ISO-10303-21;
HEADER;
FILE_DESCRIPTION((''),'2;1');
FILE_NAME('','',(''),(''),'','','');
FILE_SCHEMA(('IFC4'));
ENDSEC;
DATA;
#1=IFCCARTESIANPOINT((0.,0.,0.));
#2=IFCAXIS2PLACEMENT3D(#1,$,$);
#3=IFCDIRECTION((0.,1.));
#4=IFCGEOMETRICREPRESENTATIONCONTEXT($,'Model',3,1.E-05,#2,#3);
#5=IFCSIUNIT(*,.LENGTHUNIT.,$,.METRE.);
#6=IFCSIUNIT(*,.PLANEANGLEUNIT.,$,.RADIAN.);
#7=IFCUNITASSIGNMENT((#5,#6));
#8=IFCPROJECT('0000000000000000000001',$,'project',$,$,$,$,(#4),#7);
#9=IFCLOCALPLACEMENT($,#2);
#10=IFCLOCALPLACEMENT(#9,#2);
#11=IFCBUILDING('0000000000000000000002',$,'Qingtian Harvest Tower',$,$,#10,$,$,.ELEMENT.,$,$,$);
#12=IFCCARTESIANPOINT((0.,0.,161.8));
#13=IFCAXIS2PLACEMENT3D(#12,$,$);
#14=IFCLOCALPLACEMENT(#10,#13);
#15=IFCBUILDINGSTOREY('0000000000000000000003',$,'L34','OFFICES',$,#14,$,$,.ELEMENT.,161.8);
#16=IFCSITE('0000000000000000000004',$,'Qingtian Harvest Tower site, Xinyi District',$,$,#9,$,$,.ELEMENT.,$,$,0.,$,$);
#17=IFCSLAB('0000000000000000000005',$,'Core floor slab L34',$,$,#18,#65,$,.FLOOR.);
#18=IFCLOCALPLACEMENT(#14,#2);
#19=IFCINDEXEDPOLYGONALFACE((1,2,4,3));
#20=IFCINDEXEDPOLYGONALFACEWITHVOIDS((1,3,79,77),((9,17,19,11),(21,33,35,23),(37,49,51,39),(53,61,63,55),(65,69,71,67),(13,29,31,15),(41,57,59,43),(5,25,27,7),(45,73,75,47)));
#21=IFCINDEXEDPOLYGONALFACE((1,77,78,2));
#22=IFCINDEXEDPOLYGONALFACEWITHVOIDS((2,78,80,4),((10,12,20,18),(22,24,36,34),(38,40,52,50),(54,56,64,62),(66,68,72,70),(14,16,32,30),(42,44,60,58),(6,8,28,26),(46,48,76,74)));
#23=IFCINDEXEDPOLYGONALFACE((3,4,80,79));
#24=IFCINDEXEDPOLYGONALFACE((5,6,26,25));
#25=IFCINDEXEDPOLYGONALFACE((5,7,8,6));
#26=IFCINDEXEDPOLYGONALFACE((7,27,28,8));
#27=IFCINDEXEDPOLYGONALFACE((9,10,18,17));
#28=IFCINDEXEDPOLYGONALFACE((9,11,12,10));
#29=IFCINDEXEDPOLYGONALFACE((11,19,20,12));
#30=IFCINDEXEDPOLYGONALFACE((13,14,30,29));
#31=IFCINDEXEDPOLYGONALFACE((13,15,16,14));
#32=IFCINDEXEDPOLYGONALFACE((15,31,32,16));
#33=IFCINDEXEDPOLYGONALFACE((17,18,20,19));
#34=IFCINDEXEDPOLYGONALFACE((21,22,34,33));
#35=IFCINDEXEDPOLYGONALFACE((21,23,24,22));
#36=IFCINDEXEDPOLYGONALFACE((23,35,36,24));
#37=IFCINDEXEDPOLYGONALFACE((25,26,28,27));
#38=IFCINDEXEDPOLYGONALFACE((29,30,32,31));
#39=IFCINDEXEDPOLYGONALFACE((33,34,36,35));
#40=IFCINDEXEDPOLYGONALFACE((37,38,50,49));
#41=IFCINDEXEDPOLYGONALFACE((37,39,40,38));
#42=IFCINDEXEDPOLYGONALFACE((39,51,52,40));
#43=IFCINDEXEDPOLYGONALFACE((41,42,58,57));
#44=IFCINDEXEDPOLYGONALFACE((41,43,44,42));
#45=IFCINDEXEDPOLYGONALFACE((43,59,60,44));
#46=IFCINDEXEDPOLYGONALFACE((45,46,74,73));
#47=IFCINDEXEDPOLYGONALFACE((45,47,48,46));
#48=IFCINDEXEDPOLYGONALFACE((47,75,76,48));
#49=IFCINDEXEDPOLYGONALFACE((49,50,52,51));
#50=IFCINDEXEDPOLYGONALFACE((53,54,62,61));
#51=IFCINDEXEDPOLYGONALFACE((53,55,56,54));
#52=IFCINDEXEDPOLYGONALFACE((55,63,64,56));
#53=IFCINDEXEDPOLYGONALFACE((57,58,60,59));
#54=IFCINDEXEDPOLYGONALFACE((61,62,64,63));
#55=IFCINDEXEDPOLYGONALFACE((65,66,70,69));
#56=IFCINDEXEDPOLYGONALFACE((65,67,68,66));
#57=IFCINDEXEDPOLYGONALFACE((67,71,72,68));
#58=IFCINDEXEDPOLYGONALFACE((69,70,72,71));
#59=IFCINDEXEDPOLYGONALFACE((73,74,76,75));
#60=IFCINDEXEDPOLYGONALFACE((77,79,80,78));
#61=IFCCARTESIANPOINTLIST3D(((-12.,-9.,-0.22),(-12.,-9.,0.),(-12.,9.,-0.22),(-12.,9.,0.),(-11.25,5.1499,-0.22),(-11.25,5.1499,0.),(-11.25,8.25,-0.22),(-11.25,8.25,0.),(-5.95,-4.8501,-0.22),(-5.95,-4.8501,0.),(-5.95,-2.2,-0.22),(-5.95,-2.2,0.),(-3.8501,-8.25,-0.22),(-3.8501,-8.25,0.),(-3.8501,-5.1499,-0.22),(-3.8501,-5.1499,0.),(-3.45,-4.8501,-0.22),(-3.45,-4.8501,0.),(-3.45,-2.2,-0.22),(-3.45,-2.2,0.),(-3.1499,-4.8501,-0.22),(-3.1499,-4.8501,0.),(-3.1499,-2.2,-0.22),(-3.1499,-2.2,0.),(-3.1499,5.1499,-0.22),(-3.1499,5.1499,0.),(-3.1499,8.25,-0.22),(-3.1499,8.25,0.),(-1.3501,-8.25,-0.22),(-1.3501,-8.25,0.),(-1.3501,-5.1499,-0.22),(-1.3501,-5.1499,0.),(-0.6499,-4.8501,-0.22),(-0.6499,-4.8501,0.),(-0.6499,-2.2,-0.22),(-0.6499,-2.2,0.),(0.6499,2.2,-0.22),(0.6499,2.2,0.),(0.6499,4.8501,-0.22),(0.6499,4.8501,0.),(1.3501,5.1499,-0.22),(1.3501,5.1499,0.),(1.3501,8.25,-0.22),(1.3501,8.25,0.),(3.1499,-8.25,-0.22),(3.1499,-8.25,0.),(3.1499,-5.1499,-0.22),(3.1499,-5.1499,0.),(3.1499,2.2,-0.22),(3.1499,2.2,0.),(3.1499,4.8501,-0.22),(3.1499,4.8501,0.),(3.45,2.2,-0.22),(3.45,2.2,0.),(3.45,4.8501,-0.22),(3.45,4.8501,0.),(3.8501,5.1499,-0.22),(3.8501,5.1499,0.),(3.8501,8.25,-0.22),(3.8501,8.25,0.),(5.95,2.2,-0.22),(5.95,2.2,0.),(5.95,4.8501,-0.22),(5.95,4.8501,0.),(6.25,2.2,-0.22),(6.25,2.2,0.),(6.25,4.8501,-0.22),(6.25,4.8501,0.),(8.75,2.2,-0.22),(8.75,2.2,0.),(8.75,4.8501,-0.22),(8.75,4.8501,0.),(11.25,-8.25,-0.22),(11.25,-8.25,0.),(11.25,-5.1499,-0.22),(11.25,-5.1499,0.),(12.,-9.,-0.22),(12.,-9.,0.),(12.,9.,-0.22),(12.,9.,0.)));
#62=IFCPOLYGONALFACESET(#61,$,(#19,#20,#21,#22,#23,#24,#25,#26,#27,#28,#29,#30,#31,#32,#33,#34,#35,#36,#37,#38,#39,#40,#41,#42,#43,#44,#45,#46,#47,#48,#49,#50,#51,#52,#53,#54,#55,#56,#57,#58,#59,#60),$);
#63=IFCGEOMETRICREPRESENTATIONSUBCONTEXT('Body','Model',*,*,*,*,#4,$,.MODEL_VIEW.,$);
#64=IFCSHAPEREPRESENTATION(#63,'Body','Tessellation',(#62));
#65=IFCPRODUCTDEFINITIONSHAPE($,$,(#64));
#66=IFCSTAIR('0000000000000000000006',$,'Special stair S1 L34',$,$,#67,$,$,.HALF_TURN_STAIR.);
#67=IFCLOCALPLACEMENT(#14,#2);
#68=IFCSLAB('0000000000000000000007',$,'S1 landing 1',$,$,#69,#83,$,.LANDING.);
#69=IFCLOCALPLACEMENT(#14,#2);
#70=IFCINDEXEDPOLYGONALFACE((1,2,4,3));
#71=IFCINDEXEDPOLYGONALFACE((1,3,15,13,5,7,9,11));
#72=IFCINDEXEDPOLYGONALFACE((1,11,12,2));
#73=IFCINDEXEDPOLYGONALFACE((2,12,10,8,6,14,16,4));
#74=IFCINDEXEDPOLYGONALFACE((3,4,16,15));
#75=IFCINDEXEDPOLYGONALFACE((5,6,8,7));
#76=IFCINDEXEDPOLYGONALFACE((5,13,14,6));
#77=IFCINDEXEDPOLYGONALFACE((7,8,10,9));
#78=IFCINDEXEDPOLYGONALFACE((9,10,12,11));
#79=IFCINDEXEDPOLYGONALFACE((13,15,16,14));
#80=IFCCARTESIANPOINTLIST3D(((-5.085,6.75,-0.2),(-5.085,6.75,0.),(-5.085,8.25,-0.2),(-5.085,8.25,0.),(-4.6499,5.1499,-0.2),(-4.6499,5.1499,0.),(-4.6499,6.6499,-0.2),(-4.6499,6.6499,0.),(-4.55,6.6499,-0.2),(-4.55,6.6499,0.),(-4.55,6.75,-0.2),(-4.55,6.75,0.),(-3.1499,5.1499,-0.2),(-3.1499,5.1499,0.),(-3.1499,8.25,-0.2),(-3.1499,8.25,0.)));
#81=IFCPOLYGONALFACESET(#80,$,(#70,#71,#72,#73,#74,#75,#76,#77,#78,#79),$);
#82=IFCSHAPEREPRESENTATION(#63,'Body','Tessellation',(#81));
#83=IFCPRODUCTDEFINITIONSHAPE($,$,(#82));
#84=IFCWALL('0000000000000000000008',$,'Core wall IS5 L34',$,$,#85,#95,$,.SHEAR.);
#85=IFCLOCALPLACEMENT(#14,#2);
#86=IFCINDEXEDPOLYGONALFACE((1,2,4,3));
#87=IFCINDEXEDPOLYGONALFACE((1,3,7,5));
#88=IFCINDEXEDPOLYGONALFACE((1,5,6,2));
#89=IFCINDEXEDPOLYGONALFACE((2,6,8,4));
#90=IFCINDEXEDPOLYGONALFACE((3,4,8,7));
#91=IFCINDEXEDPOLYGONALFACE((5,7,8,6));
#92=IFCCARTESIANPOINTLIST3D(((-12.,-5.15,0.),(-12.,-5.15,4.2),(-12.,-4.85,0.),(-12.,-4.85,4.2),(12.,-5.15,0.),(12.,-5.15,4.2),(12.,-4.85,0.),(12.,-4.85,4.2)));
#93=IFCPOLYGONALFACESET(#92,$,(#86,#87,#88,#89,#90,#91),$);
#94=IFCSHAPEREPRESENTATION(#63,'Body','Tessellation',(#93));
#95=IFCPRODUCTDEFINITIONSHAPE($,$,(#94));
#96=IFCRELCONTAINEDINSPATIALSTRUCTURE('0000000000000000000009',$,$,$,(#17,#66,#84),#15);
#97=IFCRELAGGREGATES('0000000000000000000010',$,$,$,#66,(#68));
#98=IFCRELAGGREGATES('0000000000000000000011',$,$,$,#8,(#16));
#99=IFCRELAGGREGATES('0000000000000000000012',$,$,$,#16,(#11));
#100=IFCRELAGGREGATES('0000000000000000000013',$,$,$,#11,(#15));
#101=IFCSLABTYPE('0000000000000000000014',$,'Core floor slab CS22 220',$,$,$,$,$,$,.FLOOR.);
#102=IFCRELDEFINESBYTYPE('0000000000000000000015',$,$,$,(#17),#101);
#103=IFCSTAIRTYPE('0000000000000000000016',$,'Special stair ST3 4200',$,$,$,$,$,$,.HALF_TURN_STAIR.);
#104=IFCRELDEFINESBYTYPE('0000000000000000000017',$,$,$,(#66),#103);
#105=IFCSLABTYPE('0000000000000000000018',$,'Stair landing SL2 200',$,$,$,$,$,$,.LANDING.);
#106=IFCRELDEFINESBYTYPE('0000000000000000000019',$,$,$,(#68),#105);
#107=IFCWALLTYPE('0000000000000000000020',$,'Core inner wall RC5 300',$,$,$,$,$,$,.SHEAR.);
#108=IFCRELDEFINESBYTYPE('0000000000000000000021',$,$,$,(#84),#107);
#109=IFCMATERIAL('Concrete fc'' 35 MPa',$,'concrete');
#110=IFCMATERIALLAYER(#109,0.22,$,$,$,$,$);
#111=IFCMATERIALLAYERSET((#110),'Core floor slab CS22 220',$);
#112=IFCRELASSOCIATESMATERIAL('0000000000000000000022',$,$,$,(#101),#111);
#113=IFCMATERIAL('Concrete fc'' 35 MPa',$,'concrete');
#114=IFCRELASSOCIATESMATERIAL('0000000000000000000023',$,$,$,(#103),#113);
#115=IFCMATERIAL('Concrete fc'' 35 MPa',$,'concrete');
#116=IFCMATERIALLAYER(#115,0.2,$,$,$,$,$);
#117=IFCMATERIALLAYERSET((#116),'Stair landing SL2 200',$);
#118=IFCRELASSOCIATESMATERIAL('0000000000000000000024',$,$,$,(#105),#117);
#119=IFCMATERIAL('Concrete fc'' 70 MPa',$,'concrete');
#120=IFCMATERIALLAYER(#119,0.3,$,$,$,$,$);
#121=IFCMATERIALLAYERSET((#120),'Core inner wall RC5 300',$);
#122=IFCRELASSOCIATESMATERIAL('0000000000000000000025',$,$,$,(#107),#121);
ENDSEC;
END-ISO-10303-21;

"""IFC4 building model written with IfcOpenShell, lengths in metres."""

from ifc_helpers import new_model, si_unit, direction, frame, frame_2d, origin, place, context, subcontext, project, spatial, polyline, rectangle, outline, extrude, material, layer, layer_set, type_object, element, aggregate, save


model = new_model("IFC4")

# Units and contexts
model_context = context("Model", 3, precision=1e-05, world=origin(), true_north=direction((0.0, 1.0)))
body_context = subcontext(model_context, "Body", "Model", "MODEL_VIEW")
ifc_project = project(units=[si_unit("LENGTHUNIT", "METRE"), si_unit("PLANEANGLEUNIT", "RADIAN")], contexts=[model_context])

# Site, building, storey
site_placement = place(None, origin())
site = spatial("IfcSite", under=ifc_project, at=site_placement, Name="Qingtian Harvest Tower site, Xinyi District", CompositionType="ELEMENT", RefElevation=0.0)
building_placement = place(site_placement, origin())
building = spatial("IfcBuilding", under=site, at=building_placement, Name="Qingtian Harvest Tower", CompositionType="ELEMENT")
storey_placement = place(building_placement, frame((0.0, 0.0, 161.8)))
storey = spatial("IfcBuildingStorey", under=building, at=storey_placement, Name="L34", Description="OFFICES", CompositionType="ELEMENT", Elevation=161.8)

# Slab
ifc_material_1 = material(Name="Concrete fc' 35 MPa", Category="concrete")
ifc_layer_1 = layer(ifc_material_1, 0.22)
ifc_layer_set_1 = layer_set([ifc_layer_1], Name="Core floor slab CS22 220")
slab_type_1 = type_object("IfcSlabType", Name="Core floor slab CS22 220", PredefinedType="FLOOR", material=ifc_layer_set_1)
slab_1_placement = place(storey_placement, frame((0.0, 0.0, -0.22)))
element("IfcSlab", 1, at=slab_1_placement, inside=storey, type_object=slab_type_1, Name="Core floor slab L34", PredefinedType="FLOOR", context=body_context, shape_type="SweptSolid", body=[
    extrude(outline(polyline([(-12.0, -9.0), (12.0, -9.0), (12.0, 9.0), (-12.0, 9.0), (-12.0, -9.0)]), holes=[polyline([(-11.25, 5.1499), (-3.1499, 5.1499), (-3.1499, 8.25), (-11.25, 8.25), (-11.25, 5.1499)]), polyline([(3.1499, -8.25), (11.25, -8.25), (11.25, -5.1499), (3.1499, -5.1499), (3.1499, -8.25)]), polyline([(1.3501, 5.1499), (3.8501, 5.1499), (3.8501, 8.25), (1.3501, 8.25), (1.3501, 5.1499)]), polyline([(-3.8501, -8.25), (-1.3501, -8.25), (-1.3501, -5.1499), (-3.8501, -5.1499), (-3.8501, -8.25)]), polyline([(0.6499, 2.2), (3.1499, 2.2), (3.1499, 4.8501), (0.6499, 4.8501), (0.6499, 2.2)]), polyline([(3.45, 2.2), (5.95, 2.2), (5.95, 4.8501), (3.45, 4.8501), (3.45, 2.2)]), polyline([(6.25, 2.2), (8.75, 2.2), (8.75, 4.8501), (6.25, 4.8501), (6.25, 2.2)]), polyline([(-5.95, -4.8501), (-3.45, -4.8501), (-3.45, -2.2), (-5.95, -2.2), (-5.95, -4.8501)]), polyline([(-3.1499, -4.8501), (-0.6499, -4.8501), (-0.6499, -2.2), (-3.1499, -2.2), (-3.1499, -4.8501)])]), origin(), (0.0, 0.0, 1.0), 0.22),
])

# Stair, slab
ifc_material_2 = material(Name="Concrete fc' 35 MPa", Category="concrete")
stair_type = type_object("IfcStairType", Name="Special stair ST3 4200", PredefinedType="HALF_TURN_STAIR", material=ifc_material_2)
stair_placement = place(storey_placement, origin())
stair = element("IfcStair", 2, at=stair_placement, inside=storey, type_object=stair_type, Name="Special stair S1 L34", PredefinedType="HALF_TURN_STAIR")
ifc_material_3 = material(Name="Concrete fc' 35 MPa", Category="concrete")
ifc_layer_2 = layer(ifc_material_3, 0.2)
ifc_layer_set_2 = layer_set([ifc_layer_2], Name="Stair landing SL2 200")
slab_type_2 = type_object("IfcSlabType", Name="Stair landing SL2 200", PredefinedType="LANDING", material=ifc_layer_set_2)
slab_2_placement = place(storey_placement, frame((0.0, 0.0, -0.2)))
slab_2 = element("IfcSlab", 3, at=slab_2_placement, type_object=slab_type_2, Name="S1 landing 1", PredefinedType="LANDING", context=body_context, shape_type="SweptSolid", body=[
    extrude(outline(polyline([(-4.6499, 5.1499), (-4.6499, 6.6499), (-4.55, 6.6499), (-4.55, 6.75), (-5.085, 6.75), (-5.085, 8.25), (-3.1499, 8.25), (-3.1499, 5.1499), (-4.6499, 5.1499)])), origin(), (0.0, 0.0, 1.0), 0.2),
])
aggregate(stair, [slab_2])

# Wall
ifc_material_4 = material(Name="Concrete fc' 70 MPa", Category="concrete")
ifc_layer_3 = layer(ifc_material_4, 0.3)
ifc_layer_set_3 = layer_set([ifc_layer_3], Name="Core inner wall RC5 300")
wall_type_1 = type_object("IfcWallType", Name="Core inner wall RC5 300", PredefinedType="SHEAR", material=ifc_layer_set_3)
wall_1_placement = place(storey_placement, frame((-12.0, -5.0, 0.0), z_axis=(0.0, 0.0, 1.0), x_axis=(1.0, 0.0, 0.0)))
element("IfcWall", 4, at=wall_1_placement, inside=storey, type_object=wall_type_1, Name="Core wall IS5 L34", PredefinedType="SHEAR", context=body_context, shape_type="SweptSolid", body=[
    extrude(rectangle(XDim=24.0, YDim=0.3, at=frame_2d((12.0, 0.0))), origin(), (0.0, 0.0, 1.0), 4.2),
])

save(model, "model.ifc")
